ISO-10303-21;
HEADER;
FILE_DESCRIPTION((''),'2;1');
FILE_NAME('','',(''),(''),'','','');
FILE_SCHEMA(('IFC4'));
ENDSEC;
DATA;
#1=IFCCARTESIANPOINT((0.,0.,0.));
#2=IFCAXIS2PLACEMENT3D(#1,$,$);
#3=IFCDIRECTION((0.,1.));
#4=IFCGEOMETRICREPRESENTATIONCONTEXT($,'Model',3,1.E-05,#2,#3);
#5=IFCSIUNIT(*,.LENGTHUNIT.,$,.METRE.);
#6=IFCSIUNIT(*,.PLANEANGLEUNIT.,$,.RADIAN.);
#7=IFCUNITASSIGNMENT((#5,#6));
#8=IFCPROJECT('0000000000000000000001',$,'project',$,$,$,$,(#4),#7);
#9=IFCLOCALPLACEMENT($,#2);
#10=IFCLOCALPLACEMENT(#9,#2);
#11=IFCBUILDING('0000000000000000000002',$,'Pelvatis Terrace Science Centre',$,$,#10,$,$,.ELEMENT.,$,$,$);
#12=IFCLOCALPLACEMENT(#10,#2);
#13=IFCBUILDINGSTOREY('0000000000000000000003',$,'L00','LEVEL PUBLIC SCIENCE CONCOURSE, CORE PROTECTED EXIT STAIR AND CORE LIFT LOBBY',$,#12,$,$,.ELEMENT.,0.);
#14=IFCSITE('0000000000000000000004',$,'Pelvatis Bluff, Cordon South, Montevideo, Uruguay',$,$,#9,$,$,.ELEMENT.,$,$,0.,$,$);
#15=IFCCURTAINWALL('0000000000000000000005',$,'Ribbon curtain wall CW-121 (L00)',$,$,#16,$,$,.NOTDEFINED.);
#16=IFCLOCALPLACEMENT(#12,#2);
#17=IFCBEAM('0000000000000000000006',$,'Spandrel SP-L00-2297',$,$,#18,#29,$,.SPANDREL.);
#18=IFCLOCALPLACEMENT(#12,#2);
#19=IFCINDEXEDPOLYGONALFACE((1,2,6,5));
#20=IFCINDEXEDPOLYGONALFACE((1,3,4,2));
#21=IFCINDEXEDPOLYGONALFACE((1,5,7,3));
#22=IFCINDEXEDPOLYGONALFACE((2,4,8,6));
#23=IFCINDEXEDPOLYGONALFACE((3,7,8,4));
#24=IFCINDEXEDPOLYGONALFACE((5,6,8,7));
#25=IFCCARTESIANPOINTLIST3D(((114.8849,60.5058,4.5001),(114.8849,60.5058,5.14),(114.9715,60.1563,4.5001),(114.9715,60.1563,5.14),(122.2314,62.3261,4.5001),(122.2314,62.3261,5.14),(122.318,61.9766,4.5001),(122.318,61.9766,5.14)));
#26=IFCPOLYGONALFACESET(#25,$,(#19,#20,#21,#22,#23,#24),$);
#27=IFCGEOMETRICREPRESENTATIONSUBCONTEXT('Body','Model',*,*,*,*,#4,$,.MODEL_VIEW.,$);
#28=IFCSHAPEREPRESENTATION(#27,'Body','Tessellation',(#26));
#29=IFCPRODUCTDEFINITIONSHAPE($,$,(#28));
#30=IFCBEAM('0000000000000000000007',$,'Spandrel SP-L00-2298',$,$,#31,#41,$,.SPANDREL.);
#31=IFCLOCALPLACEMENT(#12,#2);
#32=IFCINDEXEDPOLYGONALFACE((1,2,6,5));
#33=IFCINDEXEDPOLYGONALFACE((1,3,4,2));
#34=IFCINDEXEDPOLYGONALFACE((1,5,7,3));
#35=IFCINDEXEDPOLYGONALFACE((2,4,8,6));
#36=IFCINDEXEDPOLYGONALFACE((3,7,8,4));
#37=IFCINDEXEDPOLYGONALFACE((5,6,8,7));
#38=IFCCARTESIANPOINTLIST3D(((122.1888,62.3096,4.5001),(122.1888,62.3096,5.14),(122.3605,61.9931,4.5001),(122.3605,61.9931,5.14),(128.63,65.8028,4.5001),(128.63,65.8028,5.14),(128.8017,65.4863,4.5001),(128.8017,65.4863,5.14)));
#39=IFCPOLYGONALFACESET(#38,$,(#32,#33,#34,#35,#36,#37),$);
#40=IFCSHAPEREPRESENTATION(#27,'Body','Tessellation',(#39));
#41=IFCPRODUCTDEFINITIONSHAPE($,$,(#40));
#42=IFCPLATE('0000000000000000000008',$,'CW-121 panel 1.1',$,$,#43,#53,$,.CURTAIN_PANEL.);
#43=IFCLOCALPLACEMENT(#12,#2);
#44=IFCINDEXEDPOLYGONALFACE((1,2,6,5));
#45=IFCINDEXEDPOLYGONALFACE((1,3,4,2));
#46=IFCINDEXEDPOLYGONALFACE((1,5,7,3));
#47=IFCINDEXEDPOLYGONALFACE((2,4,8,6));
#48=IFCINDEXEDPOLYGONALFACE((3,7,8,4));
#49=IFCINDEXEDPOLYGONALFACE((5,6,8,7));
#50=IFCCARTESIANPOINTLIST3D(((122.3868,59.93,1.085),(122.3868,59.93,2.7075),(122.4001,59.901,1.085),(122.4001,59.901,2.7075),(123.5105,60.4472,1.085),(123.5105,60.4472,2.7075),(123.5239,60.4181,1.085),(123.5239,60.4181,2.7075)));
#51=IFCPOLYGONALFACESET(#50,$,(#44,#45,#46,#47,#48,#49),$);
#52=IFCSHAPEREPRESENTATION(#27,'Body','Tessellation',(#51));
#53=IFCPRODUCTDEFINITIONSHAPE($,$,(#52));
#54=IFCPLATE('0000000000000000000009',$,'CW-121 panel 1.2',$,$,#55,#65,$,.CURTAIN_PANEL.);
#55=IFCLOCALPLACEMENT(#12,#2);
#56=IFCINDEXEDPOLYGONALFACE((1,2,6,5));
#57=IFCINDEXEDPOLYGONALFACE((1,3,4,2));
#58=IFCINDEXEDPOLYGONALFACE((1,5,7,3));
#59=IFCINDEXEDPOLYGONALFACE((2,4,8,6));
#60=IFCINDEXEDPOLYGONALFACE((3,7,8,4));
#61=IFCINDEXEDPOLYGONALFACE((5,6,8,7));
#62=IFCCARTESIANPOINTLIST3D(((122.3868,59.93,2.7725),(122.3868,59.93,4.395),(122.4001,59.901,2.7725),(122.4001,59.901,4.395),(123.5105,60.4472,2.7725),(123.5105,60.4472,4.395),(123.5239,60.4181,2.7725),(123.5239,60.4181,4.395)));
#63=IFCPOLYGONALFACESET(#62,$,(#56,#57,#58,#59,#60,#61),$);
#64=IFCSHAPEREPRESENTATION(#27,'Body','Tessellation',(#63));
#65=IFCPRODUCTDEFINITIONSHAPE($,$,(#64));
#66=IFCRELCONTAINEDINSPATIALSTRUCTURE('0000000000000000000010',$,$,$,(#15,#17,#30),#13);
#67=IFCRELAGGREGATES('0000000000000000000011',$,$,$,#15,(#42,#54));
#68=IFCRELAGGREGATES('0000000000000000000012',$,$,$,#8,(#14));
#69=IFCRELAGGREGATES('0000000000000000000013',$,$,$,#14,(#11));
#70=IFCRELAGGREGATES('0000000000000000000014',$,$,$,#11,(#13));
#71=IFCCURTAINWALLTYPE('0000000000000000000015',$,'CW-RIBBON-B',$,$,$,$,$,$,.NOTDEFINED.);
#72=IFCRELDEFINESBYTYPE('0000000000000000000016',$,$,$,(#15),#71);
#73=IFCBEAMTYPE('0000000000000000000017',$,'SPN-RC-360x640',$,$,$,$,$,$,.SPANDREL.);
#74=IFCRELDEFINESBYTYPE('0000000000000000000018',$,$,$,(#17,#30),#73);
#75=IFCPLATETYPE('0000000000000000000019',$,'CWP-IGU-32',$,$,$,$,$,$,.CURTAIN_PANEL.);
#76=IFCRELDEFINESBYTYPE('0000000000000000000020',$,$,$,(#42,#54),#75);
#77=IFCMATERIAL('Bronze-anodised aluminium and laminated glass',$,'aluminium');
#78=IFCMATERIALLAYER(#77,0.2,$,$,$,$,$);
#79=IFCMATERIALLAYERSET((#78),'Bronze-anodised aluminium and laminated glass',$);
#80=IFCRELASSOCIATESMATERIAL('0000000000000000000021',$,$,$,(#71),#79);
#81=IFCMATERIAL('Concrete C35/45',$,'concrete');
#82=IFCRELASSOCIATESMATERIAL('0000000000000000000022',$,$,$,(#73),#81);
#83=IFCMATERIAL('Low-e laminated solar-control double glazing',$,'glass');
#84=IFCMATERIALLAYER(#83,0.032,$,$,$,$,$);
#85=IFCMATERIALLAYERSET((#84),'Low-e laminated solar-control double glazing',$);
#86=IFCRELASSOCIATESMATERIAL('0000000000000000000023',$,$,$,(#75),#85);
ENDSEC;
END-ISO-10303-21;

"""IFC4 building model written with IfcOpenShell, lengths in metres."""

from ifc_helpers import new_model, si_unit, direction, frame, origin, origin_2d, place, context, subcontext, project, spatial, rectangle, extrude, material, layer, layer_set, material_profile, profile_set, type_object, element, aggregate, save


model = new_model("IFC4")

# Units and contexts
model_context = context("Model", 3, precision=1e-05, world=origin(), true_north=direction((0.0, 1.0)))
body_context = subcontext(model_context, "Body", "Model", "MODEL_VIEW")
ifc_project = project(units=[si_unit("LENGTHUNIT", "METRE"), si_unit("PLANEANGLEUNIT", "RADIAN")], contexts=[model_context])

# Site, building, storey
site_placement = place(None, origin())
site = spatial("IfcSite", under=ifc_project, at=site_placement, Name="Pelvatis Bluff, Cordon South, Montevideo, Uruguay", CompositionType="ELEMENT", RefElevation=0.0)
building_placement = place(site_placement, origin())
building = spatial("IfcBuilding", under=site, at=building_placement, Name="Pelvatis Terrace Science Centre", CompositionType="ELEMENT")
storey_placement = place(building_placement, origin())
storey = spatial("IfcBuildingStorey", under=building, at=storey_placement, Name="L00", Description="LEVEL PUBLIC SCIENCE CONCOURSE, CORE PROTECTED EXIT STAIR AND CORE LIFT LOBBY", CompositionType="ELEMENT", Elevation=0.0)

# Curtain wall
ifc_material_1 = material(Name="Bronze-anodised aluminium and laminated glass", Category="aluminium")
ifc_layer_1 = layer(ifc_material_1, 0.2)
ifc_layer_set_1 = layer_set([ifc_layer_1], Name="Bronze-anodised aluminium and laminated glass")
curtain_wall_type = type_object("IfcCurtainWallType", Name="CW-RIBBON-B", PredefinedType="NOTDEFINED", material=ifc_layer_set_1)
curtain_wall_placement = place(storey_placement, origin())
curtain_wall = element("IfcCurtainWall", 1, at=curtain_wall_placement, inside=storey, type_object=curtain_wall_type, Name="Ribbon curtain wall CW-121 (L00)", PredefinedType="NOTDEFINED")

# Beams
ifc_material_2 = material(Name="Concrete C35/45", Category="concrete")
ifc_material_profile_1 = material_profile(ifc_material_2, rectangle(XDim=0.3601, YDim=0.6399, at=origin_2d()), Name="RC-SPN 360x640")
ifc_profile_set_1 = profile_set([ifc_material_profile_1], Name="Concrete C35/45")
beam_type_1 = type_object("IfcBeamType", Name="SPN-RC-360x640", PredefinedType="SPANDREL", material=ifc_profile_set_1)
beam_1_placement = place(storey_placement, frame((114.9282, 60.3311, 4.8201), z_axis=(0.970647, 0.240509, 0.0), x_axis=(-0.240509, 0.970647, 0.0)))
element("IfcBeam", 2, at=beam_1_placement, inside=storey, type_object=beam_type_1, Name="Spandrel SP-L00-2297", PredefinedType="SPANDREL", context=body_context, shape_type="SweptSolid", body=[
    extrude(rectangle(XDim=0.3601, YDim=0.6399, at=origin_2d()), origin(), (0.0, 0.0, 1.0), 7.5686),
])
beam_2_placement = place(storey_placement, frame((122.2747, 62.1514, 4.8201), z_axis=(0.879052, 0.476726, 0.0), x_axis=(-0.476726, 0.879052, 0.0)))
element("IfcBeam", 3, at=beam_2_placement, inside=storey, type_object=beam_type_1, Name="Spandrel SP-L00-2298", PredefinedType="SPANDREL", context=body_context, shape_type="SweptSolid", body=[
    extrude(rectangle(XDim=0.3601, YDim=0.6399, at=origin_2d()), origin(), (0.0, 0.0, 1.0), 7.3274),
])

# Plates
ifc_material_3 = material(Name="Low-e laminated solar-control double glazing", Category="glass")
ifc_layer_2 = layer(ifc_material_3, 0.032)
ifc_layer_set_2 = layer_set([ifc_layer_2], Name="Low-e laminated solar-control double glazing")
plate_type = type_object("IfcPlateType", Name="CWP-IGU-32", PredefinedType="CURTAIN_PANEL", material=ifc_layer_set_2)
plate_1_placement = place(storey_placement, frame((122.9553, 60.1741, 1.085), z_axis=(0.0, 0.0, 1.0), x_axis=(0.908421, 0.418057, 0.0)))
plate_1 = element("IfcPlate", 4, at=plate_1_placement, type_object=plate_type, Name="CW-121 panel 1.1", PredefinedType="CURTAIN_PANEL", context=body_context, shape_type="SweptSolid", body=[
    extrude(rectangle(XDim=1.2371, YDim=0.032, at=origin_2d()), origin(), (0.0, 0.0, 1.0), 1.6226),
])
plate_2_placement = place(storey_placement, frame((122.9553, 60.1741, 2.7725), z_axis=(0.0, 0.0, 1.0), x_axis=(0.908421, 0.418057, 0.0)))
plate_2 = element("IfcPlate", 5, at=plate_2_placement, type_object=plate_type, Name="CW-121 panel 1.2", PredefinedType="CURTAIN_PANEL", context=body_context, shape_type="SweptSolid", body=[
    extrude(rectangle(XDim=1.2371, YDim=0.032, at=origin_2d()), origin(), (0.0, 0.0, 1.0), 1.6226),
])
aggregate(curtain_wall, [plate_1, plate_2])

save(model, "model.ifc")
